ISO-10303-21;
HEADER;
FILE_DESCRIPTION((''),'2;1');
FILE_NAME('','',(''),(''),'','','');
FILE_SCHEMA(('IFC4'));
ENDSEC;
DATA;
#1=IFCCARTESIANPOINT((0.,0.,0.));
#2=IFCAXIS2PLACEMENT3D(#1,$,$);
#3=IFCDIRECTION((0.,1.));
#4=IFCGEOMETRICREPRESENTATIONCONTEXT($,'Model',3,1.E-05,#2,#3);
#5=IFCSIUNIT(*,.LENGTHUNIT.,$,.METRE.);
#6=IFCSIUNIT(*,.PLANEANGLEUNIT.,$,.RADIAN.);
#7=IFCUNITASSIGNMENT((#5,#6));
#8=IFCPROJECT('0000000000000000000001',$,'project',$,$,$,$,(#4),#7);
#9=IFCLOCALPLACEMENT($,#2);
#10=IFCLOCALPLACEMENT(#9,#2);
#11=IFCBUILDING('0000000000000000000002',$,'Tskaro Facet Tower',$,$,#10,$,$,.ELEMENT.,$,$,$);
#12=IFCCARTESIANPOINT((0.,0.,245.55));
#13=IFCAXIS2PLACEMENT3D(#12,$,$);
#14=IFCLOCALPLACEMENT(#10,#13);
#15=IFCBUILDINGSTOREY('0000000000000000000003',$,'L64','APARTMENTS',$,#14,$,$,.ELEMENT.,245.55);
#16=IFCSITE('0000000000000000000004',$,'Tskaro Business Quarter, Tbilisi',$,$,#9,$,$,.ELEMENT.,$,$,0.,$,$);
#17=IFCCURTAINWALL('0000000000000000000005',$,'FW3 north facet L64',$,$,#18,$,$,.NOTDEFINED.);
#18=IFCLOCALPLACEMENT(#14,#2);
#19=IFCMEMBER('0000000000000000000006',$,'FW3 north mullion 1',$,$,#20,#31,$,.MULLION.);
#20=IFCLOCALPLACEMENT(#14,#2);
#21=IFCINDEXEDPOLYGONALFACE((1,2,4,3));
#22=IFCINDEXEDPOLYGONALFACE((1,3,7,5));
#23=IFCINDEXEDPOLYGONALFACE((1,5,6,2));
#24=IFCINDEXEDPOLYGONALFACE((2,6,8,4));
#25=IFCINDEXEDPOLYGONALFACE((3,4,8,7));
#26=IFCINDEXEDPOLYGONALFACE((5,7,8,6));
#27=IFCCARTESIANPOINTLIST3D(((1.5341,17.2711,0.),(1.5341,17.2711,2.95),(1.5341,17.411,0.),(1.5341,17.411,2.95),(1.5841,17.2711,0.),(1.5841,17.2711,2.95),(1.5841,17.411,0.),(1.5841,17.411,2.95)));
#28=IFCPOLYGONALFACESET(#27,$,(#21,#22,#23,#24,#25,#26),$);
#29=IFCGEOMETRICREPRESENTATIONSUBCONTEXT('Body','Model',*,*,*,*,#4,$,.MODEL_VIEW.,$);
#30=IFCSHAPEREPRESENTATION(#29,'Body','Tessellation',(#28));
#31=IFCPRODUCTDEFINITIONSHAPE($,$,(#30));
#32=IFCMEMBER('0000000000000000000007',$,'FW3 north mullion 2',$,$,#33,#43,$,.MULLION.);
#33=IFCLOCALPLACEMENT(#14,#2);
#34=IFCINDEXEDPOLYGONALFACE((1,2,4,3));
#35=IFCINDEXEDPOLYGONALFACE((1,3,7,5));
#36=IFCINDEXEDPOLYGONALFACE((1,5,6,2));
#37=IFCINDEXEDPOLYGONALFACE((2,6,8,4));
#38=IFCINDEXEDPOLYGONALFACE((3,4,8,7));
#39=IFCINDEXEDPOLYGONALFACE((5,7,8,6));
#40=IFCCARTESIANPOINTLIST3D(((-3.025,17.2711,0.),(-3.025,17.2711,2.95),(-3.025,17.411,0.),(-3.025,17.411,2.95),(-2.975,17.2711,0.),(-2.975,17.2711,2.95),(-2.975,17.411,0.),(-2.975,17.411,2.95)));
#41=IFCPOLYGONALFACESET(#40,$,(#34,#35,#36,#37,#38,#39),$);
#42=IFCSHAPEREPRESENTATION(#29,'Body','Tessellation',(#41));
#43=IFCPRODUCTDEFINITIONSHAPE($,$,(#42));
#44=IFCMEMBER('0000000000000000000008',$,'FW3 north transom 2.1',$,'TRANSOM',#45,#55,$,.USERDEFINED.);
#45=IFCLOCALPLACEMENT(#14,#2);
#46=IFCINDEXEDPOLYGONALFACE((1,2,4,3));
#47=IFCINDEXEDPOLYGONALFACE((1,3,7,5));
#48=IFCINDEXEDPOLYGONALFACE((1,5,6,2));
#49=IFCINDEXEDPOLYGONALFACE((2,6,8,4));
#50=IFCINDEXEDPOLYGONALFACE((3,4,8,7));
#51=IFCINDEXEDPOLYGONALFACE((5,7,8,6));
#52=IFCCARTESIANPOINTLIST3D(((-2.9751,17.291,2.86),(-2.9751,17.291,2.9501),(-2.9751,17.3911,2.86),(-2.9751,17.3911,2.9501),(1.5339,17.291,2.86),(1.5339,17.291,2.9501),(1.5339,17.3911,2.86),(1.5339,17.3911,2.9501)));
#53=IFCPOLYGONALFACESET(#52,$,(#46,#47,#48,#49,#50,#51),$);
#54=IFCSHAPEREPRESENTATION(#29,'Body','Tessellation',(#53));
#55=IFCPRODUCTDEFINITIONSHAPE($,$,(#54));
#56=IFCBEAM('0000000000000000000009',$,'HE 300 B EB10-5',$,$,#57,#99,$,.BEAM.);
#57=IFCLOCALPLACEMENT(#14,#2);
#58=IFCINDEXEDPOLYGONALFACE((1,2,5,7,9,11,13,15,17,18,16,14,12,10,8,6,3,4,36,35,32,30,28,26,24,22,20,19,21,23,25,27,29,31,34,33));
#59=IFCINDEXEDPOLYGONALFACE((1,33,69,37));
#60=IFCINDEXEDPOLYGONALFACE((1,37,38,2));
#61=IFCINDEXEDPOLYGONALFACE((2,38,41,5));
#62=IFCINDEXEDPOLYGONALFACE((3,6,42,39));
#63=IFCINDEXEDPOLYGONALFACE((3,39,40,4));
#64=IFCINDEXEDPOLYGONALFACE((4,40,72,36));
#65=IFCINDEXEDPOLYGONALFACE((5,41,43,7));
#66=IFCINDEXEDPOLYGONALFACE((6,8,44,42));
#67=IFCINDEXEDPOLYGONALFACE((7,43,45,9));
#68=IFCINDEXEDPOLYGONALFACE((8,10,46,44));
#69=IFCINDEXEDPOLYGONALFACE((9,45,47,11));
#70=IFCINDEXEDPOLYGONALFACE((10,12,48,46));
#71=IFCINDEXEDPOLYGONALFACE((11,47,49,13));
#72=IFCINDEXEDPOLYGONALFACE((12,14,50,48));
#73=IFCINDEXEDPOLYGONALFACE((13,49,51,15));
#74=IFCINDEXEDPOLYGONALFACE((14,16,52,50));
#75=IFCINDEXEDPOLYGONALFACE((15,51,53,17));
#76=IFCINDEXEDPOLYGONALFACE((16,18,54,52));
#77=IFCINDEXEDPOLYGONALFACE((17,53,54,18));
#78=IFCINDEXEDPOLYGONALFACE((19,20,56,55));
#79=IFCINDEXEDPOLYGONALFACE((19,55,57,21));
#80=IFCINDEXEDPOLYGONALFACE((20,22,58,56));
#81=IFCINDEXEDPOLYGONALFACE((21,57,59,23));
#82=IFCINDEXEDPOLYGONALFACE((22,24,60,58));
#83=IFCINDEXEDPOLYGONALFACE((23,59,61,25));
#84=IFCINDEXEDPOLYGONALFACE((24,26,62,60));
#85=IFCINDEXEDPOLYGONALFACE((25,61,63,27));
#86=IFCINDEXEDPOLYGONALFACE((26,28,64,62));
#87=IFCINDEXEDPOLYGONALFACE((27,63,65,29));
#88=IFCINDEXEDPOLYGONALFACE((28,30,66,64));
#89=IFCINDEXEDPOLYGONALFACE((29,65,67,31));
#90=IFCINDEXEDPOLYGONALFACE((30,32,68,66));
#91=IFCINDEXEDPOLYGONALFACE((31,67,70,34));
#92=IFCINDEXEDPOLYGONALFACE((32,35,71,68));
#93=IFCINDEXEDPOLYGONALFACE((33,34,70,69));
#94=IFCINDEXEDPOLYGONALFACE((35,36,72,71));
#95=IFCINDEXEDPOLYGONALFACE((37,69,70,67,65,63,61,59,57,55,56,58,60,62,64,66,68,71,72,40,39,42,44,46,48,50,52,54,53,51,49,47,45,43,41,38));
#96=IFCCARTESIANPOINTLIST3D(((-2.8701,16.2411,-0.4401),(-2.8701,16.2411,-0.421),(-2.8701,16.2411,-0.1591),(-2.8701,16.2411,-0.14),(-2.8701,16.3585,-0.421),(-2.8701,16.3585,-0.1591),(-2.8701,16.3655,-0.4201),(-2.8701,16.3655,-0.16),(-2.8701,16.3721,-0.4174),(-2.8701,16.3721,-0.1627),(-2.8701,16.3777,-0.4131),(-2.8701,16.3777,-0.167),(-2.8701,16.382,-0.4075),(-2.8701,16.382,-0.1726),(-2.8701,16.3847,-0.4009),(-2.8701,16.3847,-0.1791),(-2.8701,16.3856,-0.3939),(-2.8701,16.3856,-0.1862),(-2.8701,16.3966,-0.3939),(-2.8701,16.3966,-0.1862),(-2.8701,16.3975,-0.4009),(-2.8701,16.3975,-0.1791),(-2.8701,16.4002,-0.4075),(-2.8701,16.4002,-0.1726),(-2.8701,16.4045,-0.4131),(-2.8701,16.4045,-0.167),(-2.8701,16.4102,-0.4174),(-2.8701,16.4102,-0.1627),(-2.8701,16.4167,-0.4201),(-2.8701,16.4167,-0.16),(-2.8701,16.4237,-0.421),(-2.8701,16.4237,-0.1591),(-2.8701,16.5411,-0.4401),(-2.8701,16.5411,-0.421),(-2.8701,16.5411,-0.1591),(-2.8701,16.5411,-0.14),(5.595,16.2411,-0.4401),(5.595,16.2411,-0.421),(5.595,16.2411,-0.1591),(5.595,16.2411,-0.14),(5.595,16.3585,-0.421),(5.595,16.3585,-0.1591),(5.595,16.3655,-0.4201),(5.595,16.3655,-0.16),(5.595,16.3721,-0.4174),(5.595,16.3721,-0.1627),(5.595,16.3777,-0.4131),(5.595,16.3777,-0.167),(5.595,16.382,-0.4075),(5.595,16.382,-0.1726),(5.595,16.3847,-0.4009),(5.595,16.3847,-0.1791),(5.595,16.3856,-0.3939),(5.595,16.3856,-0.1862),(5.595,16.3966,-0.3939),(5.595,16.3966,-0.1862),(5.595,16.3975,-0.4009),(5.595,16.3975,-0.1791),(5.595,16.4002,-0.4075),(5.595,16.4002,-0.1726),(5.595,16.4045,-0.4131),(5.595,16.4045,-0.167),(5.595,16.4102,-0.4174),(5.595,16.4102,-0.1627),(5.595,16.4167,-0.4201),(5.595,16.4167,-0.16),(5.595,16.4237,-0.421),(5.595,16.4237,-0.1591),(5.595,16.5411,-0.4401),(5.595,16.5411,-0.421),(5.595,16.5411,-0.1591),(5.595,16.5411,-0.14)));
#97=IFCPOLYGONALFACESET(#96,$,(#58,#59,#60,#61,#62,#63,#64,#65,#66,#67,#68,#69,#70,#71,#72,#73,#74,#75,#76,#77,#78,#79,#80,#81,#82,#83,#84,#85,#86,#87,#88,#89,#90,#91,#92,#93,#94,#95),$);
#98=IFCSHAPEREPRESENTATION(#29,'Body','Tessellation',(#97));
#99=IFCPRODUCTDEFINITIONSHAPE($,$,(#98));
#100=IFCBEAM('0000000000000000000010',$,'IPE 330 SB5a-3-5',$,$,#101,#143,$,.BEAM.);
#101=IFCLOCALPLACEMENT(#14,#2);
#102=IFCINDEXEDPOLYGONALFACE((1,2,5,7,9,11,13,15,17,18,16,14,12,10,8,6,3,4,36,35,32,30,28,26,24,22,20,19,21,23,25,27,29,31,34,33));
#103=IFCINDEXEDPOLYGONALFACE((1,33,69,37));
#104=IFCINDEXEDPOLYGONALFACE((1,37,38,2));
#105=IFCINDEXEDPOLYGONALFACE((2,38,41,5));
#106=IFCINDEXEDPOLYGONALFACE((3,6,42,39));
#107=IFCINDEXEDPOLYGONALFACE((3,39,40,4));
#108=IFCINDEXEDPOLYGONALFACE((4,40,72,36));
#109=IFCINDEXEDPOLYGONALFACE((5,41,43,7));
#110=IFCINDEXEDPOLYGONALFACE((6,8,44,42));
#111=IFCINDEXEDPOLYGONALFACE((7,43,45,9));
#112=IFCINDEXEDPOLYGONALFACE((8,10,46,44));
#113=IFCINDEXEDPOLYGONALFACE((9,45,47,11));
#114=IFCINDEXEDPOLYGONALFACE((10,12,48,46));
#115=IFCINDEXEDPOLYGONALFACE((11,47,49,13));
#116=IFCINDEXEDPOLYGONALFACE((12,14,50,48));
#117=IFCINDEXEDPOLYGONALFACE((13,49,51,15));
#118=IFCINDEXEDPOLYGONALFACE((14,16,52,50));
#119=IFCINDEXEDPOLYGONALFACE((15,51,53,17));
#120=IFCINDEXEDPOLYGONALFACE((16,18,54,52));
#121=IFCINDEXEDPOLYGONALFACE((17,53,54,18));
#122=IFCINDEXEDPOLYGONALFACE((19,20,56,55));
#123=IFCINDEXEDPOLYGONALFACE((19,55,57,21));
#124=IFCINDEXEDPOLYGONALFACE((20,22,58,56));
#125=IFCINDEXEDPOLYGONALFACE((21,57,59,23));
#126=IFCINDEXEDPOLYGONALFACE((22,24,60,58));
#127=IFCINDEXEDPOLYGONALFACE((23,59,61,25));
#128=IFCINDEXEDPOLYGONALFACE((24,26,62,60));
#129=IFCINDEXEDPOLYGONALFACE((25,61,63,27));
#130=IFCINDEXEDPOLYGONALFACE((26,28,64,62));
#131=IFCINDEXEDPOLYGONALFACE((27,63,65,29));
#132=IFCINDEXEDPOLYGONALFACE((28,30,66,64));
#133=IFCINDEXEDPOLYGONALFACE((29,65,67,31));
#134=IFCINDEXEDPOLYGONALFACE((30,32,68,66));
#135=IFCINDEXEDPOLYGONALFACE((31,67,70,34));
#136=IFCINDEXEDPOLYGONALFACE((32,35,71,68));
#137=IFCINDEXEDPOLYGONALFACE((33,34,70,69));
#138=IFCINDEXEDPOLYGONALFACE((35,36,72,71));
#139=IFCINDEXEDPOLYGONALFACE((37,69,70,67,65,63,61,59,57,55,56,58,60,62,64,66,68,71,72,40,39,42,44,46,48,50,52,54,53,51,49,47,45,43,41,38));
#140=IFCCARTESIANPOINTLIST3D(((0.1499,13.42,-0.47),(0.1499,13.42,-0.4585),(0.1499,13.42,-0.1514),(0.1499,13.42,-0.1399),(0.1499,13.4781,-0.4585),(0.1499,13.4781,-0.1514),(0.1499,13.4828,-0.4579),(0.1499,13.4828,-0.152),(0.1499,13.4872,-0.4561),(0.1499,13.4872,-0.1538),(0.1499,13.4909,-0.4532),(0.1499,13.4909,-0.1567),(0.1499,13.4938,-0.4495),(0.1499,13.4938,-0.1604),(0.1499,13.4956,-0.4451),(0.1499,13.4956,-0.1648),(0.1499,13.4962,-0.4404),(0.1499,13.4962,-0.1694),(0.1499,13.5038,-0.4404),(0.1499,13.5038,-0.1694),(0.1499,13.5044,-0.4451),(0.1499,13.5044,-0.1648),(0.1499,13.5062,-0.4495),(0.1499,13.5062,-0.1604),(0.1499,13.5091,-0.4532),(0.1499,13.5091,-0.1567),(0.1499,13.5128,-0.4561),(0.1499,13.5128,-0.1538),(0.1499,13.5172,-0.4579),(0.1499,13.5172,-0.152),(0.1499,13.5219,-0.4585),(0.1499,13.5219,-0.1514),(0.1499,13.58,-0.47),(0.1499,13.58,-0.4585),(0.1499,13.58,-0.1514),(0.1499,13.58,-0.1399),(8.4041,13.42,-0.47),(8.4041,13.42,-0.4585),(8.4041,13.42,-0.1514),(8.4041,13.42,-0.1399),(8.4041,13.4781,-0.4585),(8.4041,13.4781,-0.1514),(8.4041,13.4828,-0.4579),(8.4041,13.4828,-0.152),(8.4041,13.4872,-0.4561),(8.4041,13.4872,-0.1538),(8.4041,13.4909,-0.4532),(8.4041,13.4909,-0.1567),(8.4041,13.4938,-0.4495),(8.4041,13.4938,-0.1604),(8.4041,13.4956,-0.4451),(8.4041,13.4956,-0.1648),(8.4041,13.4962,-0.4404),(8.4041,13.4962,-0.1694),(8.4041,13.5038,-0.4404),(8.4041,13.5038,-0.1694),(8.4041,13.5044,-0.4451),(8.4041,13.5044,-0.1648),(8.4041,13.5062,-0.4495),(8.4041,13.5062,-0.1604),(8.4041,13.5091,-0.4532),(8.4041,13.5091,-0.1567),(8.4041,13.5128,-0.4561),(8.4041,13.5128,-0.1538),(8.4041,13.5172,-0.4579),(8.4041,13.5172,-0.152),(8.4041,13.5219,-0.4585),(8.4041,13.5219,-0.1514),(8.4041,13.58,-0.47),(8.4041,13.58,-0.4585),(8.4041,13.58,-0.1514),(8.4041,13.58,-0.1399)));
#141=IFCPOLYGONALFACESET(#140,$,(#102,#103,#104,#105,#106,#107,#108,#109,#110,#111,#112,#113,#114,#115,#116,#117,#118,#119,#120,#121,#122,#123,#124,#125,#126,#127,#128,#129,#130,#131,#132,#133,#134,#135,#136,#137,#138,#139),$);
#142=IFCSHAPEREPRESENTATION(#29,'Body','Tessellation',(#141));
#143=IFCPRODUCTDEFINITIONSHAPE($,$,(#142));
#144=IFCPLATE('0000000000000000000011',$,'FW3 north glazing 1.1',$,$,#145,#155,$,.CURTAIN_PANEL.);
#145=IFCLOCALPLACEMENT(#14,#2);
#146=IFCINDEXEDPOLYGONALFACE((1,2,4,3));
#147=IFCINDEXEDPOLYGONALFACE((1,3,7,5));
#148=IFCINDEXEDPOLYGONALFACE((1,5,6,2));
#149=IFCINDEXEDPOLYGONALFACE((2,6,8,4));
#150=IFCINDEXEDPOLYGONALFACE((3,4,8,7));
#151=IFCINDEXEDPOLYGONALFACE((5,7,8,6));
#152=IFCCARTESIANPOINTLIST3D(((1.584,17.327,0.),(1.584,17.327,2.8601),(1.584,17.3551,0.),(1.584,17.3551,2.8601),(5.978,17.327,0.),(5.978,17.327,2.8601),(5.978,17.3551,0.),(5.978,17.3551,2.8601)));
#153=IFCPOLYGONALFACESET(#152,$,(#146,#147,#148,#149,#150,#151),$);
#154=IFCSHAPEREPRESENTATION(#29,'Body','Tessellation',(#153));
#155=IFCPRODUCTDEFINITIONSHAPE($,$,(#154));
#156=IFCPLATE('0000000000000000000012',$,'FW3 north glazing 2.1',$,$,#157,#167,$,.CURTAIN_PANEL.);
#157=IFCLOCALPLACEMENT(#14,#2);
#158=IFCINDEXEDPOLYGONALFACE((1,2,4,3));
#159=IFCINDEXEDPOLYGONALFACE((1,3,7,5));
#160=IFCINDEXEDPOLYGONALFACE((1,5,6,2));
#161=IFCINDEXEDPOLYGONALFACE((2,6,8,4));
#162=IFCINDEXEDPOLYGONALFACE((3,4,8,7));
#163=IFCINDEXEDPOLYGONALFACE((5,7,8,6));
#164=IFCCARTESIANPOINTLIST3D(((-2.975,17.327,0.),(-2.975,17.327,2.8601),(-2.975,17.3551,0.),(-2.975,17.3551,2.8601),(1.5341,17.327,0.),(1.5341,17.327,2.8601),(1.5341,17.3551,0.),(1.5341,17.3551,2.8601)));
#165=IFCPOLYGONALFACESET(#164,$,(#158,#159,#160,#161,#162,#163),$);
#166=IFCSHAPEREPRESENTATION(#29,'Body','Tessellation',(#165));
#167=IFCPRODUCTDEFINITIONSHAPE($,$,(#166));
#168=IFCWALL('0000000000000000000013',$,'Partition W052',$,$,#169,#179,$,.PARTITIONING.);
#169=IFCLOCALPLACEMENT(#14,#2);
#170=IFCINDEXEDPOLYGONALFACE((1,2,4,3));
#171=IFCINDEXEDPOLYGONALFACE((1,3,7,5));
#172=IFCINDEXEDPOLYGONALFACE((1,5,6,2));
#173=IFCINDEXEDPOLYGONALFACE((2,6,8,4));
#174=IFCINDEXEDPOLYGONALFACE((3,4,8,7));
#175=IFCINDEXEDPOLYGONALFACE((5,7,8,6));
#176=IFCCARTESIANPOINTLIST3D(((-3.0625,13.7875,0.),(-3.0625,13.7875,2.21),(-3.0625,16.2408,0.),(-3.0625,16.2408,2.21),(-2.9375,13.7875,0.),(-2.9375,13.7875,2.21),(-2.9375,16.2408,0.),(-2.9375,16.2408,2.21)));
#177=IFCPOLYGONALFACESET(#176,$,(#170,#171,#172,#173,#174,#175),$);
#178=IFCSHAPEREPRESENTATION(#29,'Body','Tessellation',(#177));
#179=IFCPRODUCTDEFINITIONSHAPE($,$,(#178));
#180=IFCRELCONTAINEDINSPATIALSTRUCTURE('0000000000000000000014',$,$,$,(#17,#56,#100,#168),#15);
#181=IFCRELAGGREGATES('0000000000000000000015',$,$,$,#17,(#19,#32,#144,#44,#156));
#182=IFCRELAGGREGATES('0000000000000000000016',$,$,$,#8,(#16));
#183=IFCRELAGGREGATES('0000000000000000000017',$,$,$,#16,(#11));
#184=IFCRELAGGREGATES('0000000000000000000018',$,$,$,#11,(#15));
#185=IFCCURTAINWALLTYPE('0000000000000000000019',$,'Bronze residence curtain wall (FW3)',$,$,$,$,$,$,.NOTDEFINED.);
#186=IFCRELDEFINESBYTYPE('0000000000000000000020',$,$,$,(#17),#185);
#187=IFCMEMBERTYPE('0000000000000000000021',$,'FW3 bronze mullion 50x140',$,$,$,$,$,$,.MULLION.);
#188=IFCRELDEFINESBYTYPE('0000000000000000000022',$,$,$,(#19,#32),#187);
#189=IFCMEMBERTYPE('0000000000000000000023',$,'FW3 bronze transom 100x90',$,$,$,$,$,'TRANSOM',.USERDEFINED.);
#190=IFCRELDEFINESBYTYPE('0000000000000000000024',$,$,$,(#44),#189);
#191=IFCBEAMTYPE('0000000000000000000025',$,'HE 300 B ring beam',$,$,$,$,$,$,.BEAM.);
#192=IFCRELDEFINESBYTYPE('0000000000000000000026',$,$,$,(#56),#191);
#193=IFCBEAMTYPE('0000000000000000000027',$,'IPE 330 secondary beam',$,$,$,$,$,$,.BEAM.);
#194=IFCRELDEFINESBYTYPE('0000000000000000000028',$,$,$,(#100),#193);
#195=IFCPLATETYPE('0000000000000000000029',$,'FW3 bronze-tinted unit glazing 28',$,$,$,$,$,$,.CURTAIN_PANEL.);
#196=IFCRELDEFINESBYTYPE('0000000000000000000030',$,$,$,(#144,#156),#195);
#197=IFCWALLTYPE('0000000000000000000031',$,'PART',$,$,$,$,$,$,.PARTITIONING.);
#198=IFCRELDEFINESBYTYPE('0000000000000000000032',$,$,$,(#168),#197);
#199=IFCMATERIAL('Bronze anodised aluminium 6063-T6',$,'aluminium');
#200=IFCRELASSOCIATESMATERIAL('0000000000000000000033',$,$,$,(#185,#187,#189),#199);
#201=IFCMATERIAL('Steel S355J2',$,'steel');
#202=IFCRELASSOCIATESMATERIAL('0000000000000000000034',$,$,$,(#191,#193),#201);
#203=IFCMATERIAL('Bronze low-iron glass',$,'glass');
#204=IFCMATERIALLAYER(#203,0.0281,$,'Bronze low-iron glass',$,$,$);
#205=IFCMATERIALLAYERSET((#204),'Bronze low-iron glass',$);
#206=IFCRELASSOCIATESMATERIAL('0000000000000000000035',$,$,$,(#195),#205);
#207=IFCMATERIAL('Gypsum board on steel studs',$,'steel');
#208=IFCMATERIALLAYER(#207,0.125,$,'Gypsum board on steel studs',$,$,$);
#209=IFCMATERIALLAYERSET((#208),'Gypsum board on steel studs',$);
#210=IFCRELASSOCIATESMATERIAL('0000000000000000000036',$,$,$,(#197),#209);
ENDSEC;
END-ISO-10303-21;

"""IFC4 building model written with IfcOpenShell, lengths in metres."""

from ifc_helpers import new_model, si_unit, direction, frame, frame_2d, origin, origin_2d, place, context, subcontext, project, spatial, rectangle, i_section, extrude, material, layer, layer_set, material_profile, profile_set, type_object, element, aggregate, save


model = new_model("IFC4")

# Units and contexts
model_context = context("Model", 3, precision=1e-05, world=origin(), true_north=direction((0.0, 1.0)))
body_context = subcontext(model_context, "Body", "Model", "MODEL_VIEW")
ifc_project = project(units=[si_unit("LENGTHUNIT", "METRE"), si_unit("PLANEANGLEUNIT", "RADIAN")], contexts=[model_context])

# Site, building, storey
site_placement = place(None, origin())
site = spatial("IfcSite", under=ifc_project, at=site_placement, Name="Tskaro Business Quarter, Tbilisi", CompositionType="ELEMENT", RefElevation=0.0)
building_placement = place(site_placement, origin())
building = spatial("IfcBuilding", under=site, at=building_placement, Name="Tskaro Facet Tower", CompositionType="ELEMENT")
storey_placement = place(building_placement, frame((0.0, 0.0, 245.55)))
storey = spatial("IfcBuildingStorey", under=building, at=storey_placement, Name="L64", Description="APARTMENTS", CompositionType="ELEMENT", Elevation=245.55)

# Curtain wall, members
ifc_material_1 = material(Name="Bronze anodised aluminium 6063-T6", Category="aluminium")
curtain_wall_type = type_object("IfcCurtainWallType", Name="Bronze residence curtain wall (FW3)", PredefinedType="NOTDEFINED", material=ifc_material_1)
curtain_wall_placement = place(storey_placement, origin())
curtain_wall = element("IfcCurtainWall", 1, at=curtain_wall_placement, inside=storey, type_object=curtain_wall_type, Name="FW3 north facet L64", PredefinedType="NOTDEFINED")
ifc_material_profile_1 = material_profile(ifc_material_1, rectangle(XDim=0.05, YDim=0.1399, at=origin_2d()), Name="Mullion 50x140")
ifc_profile_set_1 = profile_set([ifc_material_profile_1], Name="Bronze anodised aluminium 6063-T6")
member_type_1 = type_object("IfcMemberType", Name="FW3 bronze mullion 50x140", PredefinedType="MULLION", material=ifc_profile_set_1)
member_1_placement = place(storey_placement, frame((1.5591, 17.3411, 0.0), z_axis=(0.0, 0.0, 1.0), x_axis=(-1.0, 0.0, 0.0)))
member_1 = element("IfcMember", 2, at=member_1_placement, type_object=member_type_1, Name="FW3 north mullion 1", PredefinedType="MULLION", context=body_context, shape_type="SweptSolid", body=[
    extrude(rectangle(XDim=0.05, YDim=0.1399, at=origin_2d()), origin(), (0.0, 0.0, 1.0), 2.95),
])
member_2_placement = place(storey_placement, frame((-3.0, 17.3411, 0.0), z_axis=(0.0, 0.0, 1.0), x_axis=(-1.0, 0.0, 0.0)))
member_2 = element("IfcMember", 3, at=member_2_placement, type_object=member_type_1, Name="FW3 north mullion 2", PredefinedType="MULLION", context=body_context, shape_type="SweptSolid", body=[
    extrude(rectangle(XDim=0.05, YDim=0.1399, at=origin_2d()), origin(), (0.0, 0.0, 1.0), 2.95),
])
ifc_material_profile_2 = material_profile(ifc_material_1, rectangle(XDim=0.1001, YDim=0.0901, at=origin_2d()), Name="Transom 100x90")
ifc_profile_set_2 = profile_set([ifc_material_profile_2], Name="Bronze anodised aluminium 6063-T6")
member_type_2 = type_object("IfcMemberType", Name="FW3 bronze transom 100x90", ElementType="TRANSOM", PredefinedType="USERDEFINED", material=ifc_profile_set_2)
member_3_placement = place(storey_placement, frame((1.5339, 17.3411, 2.905), z_axis=(-1.0, 0.0, 0.0), x_axis=(0.0, -1.0, 0.0)))
member_3 = element("IfcMember", 4, at=member_3_placement, type_object=member_type_2, Name="FW3 north transom 2.1", ObjectType="TRANSOM", PredefinedType="USERDEFINED", context=body_context, shape_type="SweptSolid", body=[
    extrude(rectangle(XDim=0.1001, YDim=0.0901, at=origin_2d()), origin(), (0.0, 0.0, 1.0), 4.509),
])

# Beams
ifc_material_2 = material(Name="Steel S355J2", Category="steel")
ifc_material_profile_3 = material_profile(ifc_material_2, i_section(OverallWidth=0.3, OverallDepth=0.3, WebThickness=0.011, FlangeThickness=0.019, FilletRadius=0.0271, at=origin_2d()), Name="HE 300 B")
ifc_profile_set_3 = profile_set([ifc_material_profile_3], Name="Steel S355J2")
beam_type_1 = type_object("IfcBeamType", Name="HE 300 B ring beam", PredefinedType="BEAM", material=ifc_profile_set_3)
beam_1_placement = place(storey_placement, frame((5.595, 16.3911, -0.29), z_axis=(-1.0, 0.0, 0.0), x_axis=(0.0, -1.0, 0.0)))
element("IfcBeam", 5, at=beam_1_placement, inside=storey, type_object=beam_type_1, Name="HE 300 B EB10-5", PredefinedType="BEAM", context=body_context, shape_type="SweptSolid", body=[
    extrude(i_section(OverallWidth=0.3, OverallDepth=0.3, WebThickness=0.011, FlangeThickness=0.019, FilletRadius=0.0271, at=origin_2d()), origin(), (0.0, 0.0, 1.0), 8.4651),
])
ifc_material_profile_4 = material_profile(ifc_material_2, i_section(OverallWidth=0.1599, OverallDepth=0.3301, WebThickness=0.0076, FlangeThickness=0.0115, FilletRadius=0.0181, at=origin_2d()), Name="IPE 330")
ifc_profile_set_4 = profile_set([ifc_material_profile_4], Name="Steel S355J2")
beam_type_2 = type_object("IfcBeamType", Name="IPE 330 secondary beam", PredefinedType="BEAM", material=ifc_profile_set_4)
beam_2_placement = place(storey_placement, frame((0.1499, 13.5, -0.3049), z_axis=(1.0, 0.0, 0.0), x_axis=(0.0, 1.0, 0.0)))
element("IfcBeam", 6, at=beam_2_placement, inside=storey, type_object=beam_type_2, Name="IPE 330 SB5a-3-5", PredefinedType="BEAM", context=body_context, shape_type="SweptSolid", body=[
    extrude(i_section(OverallWidth=0.1599, OverallDepth=0.3301, WebThickness=0.0076, FlangeThickness=0.0115, FilletRadius=0.0181, at=origin_2d()), origin(), (0.0, 0.0, 1.0), 8.2542),
])

# Plates
ifc_material_3 = material(Name="Bronze low-iron glass", Category="glass")
ifc_layer_1 = layer(ifc_material_3, 0.0281, Name="Bronze low-iron glass")
ifc_layer_set_1 = layer_set([ifc_layer_1], Name="Bronze low-iron glass")
plate_type = type_object("IfcPlateType", Name="FW3 bronze-tinted unit glazing 28", PredefinedType="CURTAIN_PANEL", material=ifc_layer_set_1)
plate_1_placement = place(storey_placement, frame((3.781, 17.3411, 0.0), z_axis=(0.0, 0.0, 1.0), x_axis=(-1.0, 0.0, 0.0)))
plate_1 = element("IfcPlate", 7, at=plate_1_placement, type_object=plate_type, Name="FW3 north glazing 1.1", PredefinedType="CURTAIN_PANEL", context=body_context, shape_type="SweptSolid", body=[
    extrude(rectangle(XDim=4.394, YDim=0.0281, at=origin_2d()), origin(), (0.0, 0.0, 1.0), 2.8601),
])
plate_2_placement = place(storey_placement, frame((-0.7205, 17.3411, 0.0), z_axis=(0.0, 0.0, 1.0), x_axis=(-1.0, 0.0, 0.0)))
plate_2 = element("IfcPlate", 8, at=plate_2_placement, type_object=plate_type, Name="FW3 north glazing 2.1", PredefinedType="CURTAIN_PANEL", context=body_context, shape_type="SweptSolid", body=[
    extrude(rectangle(XDim=4.509, YDim=0.0281, at=origin_2d()), origin(), (0.0, 0.0, 1.0), 2.8601),
])
aggregate(curtain_wall, [member_1, member_2, plate_1, member_3, plate_2])

# Wall
ifc_material_4 = material(Name="Gypsum board on steel studs", Category="steel")
ifc_layer_2 = layer(ifc_material_4, 0.125, Name="Gypsum board on steel studs")
ifc_layer_set_2 = layer_set([ifc_layer_2], Name="Gypsum board on steel studs")
wall_type_1 = type_object("IfcWallType", Name="PART", PredefinedType="PARTITIONING", material=ifc_layer_set_2)
wall_1_placement = place(storey_placement, frame((-3.0, 13.7876, 0.0), z_axis=(0.0, 0.0, 1.0), x_axis=(0.0, 1.0, 0.0)))
element("IfcWall", 9, at=wall_1_placement, inside=storey, type_object=wall_type_1, Name="Partition W052", PredefinedType="PARTITIONING", context=body_context, shape_type="SweptSolid", body=[
    extrude(rectangle(XDim=2.4534, YDim=0.125, at=frame_2d((1.2266, 0.0))), origin(), (0.0, 0.0, 1.0), 2.21),
])

save(model, "model.ifc")
